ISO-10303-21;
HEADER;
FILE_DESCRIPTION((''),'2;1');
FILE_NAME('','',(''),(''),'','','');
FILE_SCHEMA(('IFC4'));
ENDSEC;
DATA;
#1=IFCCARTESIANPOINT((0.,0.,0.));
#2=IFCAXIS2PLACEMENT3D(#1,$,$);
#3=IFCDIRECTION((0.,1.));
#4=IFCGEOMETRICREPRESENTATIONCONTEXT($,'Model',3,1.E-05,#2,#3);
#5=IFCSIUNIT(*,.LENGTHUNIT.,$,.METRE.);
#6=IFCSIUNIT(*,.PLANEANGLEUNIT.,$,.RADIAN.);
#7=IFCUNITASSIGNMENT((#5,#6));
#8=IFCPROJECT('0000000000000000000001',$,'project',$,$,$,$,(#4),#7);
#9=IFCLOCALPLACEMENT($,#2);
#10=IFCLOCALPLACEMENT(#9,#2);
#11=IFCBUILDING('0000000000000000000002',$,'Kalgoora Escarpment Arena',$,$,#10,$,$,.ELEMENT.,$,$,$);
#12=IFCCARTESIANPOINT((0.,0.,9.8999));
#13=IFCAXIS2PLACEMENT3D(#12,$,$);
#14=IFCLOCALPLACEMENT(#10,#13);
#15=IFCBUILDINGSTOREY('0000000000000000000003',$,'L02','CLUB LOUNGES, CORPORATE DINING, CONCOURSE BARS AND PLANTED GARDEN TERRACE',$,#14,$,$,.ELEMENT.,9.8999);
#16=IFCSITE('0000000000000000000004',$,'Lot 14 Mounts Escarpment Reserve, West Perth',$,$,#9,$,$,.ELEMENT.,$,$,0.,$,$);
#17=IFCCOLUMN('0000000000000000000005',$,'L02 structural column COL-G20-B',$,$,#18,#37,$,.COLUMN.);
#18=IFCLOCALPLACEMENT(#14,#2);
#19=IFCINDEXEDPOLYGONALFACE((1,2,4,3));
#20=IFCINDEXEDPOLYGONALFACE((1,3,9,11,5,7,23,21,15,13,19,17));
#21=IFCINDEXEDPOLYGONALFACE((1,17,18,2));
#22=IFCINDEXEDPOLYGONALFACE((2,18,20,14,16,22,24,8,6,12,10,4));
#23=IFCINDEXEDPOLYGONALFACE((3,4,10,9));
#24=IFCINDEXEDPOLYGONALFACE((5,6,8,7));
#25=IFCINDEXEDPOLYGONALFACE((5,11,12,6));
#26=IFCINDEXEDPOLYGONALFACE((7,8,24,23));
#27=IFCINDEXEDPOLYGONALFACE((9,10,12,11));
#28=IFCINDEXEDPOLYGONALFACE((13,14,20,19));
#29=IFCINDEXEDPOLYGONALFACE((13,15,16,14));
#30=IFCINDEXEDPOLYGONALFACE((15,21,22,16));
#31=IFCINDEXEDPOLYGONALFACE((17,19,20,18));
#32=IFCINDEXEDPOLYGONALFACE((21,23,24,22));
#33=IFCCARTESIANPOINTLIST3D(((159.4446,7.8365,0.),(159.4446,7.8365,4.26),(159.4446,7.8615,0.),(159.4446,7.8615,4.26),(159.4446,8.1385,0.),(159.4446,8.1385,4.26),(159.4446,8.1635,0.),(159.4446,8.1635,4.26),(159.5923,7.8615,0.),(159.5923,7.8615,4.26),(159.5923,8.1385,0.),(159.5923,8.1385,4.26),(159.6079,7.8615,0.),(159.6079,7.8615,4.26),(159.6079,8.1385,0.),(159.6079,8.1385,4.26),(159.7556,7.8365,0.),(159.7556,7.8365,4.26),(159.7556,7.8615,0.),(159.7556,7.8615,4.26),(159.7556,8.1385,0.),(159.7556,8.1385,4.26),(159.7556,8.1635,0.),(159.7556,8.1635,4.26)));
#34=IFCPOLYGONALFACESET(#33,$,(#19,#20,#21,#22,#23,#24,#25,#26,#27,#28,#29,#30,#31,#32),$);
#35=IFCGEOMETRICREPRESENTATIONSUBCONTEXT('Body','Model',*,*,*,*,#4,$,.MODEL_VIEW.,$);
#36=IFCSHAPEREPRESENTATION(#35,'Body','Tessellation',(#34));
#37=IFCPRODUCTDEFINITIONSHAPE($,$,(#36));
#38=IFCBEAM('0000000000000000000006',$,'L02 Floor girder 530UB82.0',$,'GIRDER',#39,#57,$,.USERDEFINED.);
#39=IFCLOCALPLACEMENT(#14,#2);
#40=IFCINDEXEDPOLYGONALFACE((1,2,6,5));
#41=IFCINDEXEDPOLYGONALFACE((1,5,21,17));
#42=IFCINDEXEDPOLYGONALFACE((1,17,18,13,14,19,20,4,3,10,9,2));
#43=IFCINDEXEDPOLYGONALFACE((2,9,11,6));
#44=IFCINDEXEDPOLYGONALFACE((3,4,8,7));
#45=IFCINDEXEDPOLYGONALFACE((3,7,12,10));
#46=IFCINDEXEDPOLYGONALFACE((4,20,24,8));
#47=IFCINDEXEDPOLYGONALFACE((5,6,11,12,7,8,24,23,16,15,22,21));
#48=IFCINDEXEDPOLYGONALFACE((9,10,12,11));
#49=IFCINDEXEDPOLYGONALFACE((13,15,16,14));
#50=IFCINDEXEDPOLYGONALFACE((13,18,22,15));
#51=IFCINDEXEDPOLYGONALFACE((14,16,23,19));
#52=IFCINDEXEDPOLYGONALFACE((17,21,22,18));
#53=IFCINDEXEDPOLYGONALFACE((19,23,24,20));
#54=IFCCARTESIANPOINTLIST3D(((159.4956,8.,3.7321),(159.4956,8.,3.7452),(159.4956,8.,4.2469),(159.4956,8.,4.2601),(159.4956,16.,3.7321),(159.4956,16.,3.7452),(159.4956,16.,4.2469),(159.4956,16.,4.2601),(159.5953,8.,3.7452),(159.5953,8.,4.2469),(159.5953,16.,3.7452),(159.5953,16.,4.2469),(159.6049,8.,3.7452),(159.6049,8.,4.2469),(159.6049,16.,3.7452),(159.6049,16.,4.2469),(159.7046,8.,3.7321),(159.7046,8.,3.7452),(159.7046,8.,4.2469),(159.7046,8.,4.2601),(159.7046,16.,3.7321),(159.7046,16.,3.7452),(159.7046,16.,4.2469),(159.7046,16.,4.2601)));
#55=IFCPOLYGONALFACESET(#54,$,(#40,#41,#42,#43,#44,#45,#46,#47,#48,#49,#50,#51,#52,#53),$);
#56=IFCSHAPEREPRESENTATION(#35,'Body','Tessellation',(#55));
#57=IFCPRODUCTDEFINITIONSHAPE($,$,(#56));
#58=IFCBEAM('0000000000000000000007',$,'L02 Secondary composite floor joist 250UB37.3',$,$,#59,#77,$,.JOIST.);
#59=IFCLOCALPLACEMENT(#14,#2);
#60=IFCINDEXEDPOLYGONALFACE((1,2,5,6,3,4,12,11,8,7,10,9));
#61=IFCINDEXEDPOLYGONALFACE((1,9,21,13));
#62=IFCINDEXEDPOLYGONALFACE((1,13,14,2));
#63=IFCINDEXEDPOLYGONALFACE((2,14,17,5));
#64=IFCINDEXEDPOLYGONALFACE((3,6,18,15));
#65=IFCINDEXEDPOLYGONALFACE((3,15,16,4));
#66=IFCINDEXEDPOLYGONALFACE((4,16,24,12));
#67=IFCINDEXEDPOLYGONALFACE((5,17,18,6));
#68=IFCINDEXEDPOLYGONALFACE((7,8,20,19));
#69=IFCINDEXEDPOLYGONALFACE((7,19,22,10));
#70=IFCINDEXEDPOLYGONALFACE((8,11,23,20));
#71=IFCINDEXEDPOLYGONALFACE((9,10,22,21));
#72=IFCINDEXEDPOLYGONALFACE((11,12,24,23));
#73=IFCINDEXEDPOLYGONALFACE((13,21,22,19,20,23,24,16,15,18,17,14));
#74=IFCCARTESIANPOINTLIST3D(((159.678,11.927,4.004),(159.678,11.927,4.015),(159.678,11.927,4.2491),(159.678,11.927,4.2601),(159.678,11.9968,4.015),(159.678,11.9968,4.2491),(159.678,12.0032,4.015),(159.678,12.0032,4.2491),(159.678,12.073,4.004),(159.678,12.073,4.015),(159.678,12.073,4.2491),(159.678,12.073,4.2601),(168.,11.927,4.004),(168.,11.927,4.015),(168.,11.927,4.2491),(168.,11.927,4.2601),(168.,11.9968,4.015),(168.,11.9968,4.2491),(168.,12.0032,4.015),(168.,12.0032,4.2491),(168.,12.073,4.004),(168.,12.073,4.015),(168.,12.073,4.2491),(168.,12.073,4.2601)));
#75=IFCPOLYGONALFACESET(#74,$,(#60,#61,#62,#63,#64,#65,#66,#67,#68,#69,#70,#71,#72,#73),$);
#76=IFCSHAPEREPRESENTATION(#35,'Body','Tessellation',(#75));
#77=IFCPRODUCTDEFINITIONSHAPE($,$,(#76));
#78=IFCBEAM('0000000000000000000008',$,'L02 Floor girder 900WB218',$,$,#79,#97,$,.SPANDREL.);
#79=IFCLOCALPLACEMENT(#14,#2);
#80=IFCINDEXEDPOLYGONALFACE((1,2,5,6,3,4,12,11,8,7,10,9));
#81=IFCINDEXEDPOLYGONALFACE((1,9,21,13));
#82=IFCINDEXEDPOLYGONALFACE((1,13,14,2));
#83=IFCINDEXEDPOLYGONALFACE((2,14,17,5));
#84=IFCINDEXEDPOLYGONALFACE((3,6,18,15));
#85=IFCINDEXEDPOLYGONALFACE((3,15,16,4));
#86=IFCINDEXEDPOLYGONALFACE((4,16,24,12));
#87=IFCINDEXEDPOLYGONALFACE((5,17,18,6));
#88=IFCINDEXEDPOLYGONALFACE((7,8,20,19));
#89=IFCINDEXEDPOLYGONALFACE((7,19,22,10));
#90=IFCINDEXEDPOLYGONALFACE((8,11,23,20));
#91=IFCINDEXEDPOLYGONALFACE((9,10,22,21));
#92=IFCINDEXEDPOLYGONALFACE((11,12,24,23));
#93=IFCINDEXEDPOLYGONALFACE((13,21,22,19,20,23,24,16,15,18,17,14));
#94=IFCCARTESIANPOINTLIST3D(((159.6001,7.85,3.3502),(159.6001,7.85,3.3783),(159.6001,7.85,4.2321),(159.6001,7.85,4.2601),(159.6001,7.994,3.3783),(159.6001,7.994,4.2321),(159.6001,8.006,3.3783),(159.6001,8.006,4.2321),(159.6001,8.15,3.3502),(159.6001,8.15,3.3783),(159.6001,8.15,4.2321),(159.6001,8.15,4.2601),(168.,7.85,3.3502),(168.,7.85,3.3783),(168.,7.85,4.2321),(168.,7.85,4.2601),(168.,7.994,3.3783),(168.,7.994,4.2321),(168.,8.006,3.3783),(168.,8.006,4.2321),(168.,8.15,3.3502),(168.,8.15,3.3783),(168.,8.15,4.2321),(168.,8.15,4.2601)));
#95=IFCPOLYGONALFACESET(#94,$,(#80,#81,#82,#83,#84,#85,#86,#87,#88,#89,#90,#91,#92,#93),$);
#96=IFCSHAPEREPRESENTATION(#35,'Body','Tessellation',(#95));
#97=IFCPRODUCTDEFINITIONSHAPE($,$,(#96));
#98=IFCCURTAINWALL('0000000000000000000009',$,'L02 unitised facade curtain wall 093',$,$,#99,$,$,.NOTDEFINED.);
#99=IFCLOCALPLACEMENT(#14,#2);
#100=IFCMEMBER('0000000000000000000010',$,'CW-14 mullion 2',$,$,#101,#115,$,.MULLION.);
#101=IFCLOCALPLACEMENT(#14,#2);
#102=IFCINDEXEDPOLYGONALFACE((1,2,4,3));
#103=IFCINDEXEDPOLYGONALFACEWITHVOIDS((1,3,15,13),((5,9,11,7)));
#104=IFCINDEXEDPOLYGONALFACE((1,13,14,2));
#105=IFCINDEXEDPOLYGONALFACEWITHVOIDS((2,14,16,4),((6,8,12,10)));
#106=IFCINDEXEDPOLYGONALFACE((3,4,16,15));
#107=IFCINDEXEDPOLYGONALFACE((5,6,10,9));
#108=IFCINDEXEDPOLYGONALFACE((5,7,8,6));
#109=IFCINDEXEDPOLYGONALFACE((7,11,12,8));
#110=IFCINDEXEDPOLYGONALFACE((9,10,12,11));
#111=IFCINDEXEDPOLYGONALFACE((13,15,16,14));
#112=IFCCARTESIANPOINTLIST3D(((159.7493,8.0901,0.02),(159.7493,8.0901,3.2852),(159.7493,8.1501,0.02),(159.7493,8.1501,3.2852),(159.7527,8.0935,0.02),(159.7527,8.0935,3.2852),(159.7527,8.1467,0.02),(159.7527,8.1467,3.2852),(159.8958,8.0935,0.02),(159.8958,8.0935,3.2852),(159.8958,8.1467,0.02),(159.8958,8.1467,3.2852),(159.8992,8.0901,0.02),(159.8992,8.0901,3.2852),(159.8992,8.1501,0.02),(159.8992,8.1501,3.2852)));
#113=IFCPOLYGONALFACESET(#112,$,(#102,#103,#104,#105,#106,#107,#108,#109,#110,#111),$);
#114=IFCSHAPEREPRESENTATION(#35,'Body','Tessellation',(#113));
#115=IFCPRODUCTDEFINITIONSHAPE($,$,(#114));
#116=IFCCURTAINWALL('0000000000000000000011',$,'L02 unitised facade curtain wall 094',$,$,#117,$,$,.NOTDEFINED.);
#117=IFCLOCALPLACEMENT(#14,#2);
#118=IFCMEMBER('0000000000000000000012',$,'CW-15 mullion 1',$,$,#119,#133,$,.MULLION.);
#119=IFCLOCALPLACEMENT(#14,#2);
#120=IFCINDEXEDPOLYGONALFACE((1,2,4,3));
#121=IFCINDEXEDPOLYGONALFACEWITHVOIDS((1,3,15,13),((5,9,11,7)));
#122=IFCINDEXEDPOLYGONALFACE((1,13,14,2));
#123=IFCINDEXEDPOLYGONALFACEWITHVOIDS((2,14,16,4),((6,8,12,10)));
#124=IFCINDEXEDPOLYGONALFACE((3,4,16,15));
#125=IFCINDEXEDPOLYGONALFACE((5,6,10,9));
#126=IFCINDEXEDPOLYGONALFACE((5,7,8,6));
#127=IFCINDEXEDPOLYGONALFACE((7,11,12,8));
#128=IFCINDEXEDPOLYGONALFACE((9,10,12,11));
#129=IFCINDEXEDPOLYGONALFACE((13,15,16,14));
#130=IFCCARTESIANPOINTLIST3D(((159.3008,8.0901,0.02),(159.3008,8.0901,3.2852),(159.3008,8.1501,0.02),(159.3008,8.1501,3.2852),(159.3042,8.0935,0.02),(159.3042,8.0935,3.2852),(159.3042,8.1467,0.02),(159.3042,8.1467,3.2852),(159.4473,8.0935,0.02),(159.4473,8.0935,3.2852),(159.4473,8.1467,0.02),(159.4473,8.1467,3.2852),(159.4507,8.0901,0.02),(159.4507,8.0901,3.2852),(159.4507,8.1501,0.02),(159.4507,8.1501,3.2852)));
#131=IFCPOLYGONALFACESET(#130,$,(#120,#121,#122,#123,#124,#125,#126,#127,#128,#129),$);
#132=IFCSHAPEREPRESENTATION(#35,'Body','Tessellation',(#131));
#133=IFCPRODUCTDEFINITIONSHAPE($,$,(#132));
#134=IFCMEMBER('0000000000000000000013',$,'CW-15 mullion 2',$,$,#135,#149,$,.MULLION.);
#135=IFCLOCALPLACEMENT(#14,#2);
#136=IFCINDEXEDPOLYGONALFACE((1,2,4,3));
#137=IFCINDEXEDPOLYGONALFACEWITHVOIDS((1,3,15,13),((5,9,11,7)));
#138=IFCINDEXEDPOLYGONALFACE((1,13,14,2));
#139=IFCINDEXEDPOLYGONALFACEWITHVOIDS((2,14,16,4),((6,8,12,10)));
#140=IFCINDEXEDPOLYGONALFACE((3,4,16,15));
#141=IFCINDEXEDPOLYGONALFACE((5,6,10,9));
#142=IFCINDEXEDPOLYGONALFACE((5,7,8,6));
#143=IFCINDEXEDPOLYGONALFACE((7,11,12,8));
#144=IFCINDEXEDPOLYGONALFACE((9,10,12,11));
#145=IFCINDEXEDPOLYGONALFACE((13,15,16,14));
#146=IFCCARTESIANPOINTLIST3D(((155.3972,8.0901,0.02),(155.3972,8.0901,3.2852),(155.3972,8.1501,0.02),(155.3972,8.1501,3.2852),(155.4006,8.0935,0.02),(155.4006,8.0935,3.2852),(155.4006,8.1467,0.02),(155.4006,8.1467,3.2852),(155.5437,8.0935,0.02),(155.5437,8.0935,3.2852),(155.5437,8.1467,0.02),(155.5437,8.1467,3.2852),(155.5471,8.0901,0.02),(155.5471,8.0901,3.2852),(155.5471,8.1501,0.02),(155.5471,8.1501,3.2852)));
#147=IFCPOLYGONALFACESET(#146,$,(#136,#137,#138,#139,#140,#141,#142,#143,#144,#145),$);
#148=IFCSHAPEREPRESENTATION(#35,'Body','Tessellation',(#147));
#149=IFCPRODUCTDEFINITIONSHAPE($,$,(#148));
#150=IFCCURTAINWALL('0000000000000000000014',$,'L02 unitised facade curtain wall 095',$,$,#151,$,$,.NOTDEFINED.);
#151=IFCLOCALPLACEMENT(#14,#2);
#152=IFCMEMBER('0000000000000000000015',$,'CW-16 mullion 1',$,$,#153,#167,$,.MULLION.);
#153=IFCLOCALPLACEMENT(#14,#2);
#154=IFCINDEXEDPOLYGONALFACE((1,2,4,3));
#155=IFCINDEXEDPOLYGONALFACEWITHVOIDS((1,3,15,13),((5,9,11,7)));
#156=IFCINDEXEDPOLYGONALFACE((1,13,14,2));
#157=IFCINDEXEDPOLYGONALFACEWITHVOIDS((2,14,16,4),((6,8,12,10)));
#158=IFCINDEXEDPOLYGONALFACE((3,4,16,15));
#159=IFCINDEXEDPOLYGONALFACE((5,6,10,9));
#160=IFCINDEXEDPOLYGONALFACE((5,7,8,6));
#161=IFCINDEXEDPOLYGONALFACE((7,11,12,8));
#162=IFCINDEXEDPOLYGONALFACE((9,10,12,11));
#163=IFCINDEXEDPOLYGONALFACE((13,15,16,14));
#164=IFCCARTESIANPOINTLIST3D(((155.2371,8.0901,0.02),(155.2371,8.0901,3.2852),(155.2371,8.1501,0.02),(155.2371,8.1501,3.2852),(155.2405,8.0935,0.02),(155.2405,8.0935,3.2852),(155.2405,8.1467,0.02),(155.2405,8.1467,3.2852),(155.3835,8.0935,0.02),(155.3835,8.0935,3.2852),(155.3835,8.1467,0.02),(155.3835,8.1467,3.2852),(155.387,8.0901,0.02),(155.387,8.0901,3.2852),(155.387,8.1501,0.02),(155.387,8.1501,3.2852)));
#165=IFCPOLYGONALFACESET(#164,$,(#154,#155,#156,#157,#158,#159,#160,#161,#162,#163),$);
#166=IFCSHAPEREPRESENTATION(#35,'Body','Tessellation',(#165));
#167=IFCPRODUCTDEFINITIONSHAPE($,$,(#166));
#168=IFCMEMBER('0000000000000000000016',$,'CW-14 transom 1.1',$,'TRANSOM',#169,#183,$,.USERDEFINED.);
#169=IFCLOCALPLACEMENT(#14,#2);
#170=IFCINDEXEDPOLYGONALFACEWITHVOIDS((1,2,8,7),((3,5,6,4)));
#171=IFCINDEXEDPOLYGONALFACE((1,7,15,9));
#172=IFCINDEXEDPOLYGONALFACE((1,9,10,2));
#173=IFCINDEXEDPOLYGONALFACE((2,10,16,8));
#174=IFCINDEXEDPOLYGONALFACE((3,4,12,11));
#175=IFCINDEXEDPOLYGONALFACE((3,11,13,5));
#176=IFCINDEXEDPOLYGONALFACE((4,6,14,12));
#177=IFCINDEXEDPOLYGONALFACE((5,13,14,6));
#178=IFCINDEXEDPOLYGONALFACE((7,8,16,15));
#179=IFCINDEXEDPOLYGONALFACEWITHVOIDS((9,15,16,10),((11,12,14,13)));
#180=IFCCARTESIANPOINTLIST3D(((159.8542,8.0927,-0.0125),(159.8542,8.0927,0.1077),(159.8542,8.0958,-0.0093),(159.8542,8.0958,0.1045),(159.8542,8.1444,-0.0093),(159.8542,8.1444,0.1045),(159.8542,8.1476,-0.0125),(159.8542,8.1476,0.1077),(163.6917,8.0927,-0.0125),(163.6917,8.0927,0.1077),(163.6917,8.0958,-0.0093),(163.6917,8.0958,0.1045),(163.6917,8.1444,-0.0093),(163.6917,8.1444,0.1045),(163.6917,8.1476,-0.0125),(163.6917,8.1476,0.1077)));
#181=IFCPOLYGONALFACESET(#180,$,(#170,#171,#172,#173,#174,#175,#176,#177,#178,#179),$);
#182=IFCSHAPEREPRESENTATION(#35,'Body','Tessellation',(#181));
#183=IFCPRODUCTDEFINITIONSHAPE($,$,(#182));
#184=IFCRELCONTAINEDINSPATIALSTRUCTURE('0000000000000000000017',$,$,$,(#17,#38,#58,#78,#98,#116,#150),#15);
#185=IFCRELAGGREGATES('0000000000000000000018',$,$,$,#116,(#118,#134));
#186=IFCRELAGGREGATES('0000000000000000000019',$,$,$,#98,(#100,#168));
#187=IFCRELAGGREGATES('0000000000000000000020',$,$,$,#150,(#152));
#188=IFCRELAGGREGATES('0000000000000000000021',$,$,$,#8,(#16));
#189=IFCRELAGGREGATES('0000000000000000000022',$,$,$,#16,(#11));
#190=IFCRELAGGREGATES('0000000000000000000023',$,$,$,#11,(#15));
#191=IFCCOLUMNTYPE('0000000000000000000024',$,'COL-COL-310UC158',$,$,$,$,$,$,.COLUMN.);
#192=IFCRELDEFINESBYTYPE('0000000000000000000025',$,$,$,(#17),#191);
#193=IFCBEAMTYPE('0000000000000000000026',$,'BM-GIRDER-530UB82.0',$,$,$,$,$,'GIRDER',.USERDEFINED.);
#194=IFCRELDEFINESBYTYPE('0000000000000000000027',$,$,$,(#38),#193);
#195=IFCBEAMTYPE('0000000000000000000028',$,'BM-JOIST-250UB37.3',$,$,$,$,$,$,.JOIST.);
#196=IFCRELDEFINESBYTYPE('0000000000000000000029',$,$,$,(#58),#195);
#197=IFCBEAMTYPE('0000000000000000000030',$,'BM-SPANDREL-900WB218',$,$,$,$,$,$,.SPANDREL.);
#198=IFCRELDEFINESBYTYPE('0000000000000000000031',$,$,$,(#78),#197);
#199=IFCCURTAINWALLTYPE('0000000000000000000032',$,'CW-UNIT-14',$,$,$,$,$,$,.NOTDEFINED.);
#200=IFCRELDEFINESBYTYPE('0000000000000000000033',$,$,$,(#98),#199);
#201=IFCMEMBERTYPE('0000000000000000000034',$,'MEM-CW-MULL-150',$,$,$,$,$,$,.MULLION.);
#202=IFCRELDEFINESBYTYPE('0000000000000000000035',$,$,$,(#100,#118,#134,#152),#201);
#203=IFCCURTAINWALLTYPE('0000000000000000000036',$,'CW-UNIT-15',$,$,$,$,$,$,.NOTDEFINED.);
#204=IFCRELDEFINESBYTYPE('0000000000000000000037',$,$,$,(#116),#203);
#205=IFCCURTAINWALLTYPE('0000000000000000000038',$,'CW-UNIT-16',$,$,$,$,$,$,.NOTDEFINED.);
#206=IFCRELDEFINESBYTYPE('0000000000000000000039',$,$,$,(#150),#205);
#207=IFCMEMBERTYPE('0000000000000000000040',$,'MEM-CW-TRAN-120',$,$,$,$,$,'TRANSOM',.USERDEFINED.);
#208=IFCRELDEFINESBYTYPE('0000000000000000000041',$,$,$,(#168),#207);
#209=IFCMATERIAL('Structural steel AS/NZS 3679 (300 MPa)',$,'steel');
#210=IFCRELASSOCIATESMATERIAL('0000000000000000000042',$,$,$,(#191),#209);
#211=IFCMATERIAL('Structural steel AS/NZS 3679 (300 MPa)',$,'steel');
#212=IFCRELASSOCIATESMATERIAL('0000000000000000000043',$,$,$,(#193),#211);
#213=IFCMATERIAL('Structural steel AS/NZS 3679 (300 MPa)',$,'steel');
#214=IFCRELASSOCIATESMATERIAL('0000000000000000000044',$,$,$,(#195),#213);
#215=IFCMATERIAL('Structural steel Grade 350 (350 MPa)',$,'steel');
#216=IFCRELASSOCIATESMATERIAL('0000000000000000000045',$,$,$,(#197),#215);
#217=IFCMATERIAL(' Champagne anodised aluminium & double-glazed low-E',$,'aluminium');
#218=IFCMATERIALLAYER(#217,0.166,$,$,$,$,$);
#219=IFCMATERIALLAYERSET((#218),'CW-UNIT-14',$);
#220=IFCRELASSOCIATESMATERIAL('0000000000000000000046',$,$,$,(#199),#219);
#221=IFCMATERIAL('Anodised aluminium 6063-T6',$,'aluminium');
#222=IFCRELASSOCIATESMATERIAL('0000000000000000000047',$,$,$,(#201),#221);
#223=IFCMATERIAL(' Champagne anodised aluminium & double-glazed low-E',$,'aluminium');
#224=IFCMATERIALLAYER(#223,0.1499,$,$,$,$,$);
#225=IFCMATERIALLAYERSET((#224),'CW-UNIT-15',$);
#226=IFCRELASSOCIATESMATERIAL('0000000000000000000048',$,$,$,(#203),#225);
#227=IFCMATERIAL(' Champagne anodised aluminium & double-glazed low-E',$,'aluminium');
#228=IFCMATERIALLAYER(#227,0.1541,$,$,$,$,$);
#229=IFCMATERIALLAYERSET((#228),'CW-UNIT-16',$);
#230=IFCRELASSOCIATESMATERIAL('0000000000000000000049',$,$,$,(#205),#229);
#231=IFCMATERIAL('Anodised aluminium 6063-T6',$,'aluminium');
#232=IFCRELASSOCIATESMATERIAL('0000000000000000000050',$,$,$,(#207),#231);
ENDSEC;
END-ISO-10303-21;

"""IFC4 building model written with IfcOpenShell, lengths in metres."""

from ifc_helpers import new_model, si_unit, direction, frame, origin, origin_2d, place, context, subcontext, project, spatial, hollow_rectangle, i_section, extrude, material, layer, layer_set, material_profile, profile_set, type_object, element, aggregate, save


model = new_model("IFC4")

# Units and contexts
model_context = context("Model", 3, precision=1e-05, world=origin(), true_north=direction((0.0, 1.0)))
body_context = subcontext(model_context, "Body", "Model", "MODEL_VIEW")
ifc_project = project(units=[si_unit("LENGTHUNIT", "METRE"), si_unit("PLANEANGLEUNIT", "RADIAN")], contexts=[model_context])

# Site, building, storey
site_placement = place(None, origin())
site = spatial("IfcSite", under=ifc_project, at=site_placement, Name="Lot 14 Mounts Escarpment Reserve, West Perth", CompositionType="ELEMENT", RefElevation=0.0)
building_placement = place(site_placement, origin())
building = spatial("IfcBuilding", under=site, at=building_placement, Name="Kalgoora Escarpment Arena", CompositionType="ELEMENT")
storey_placement = place(building_placement, frame((0.0, 0.0, 9.8999)))
storey = spatial("IfcBuildingStorey", under=building, at=storey_placement, Name="L02", Description="CLUB LOUNGES, CORPORATE DINING, CONCOURSE BARS AND PLANTED GARDEN TERRACE", CompositionType="ELEMENT", Elevation=9.8999)

# Column
ifc_material_1 = material(Name="Structural steel AS/NZS 3679 (300 MPa)", Category="steel")
ifc_material_profile_1 = material_profile(ifc_material_1, i_section(OverallWidth=0.311, OverallDepth=0.3269, WebThickness=0.0156, FlangeThickness=0.0249, at=origin_2d()))
ifc_profile_set_1 = profile_set([ifc_material_profile_1], Name="Structural steel AS/NZS 3679 (300 MPa)")
column_type = type_object("IfcColumnType", Name="COL-COL-310UC158", PredefinedType="COLUMN", material=ifc_profile_set_1)
column_placement = place(storey_placement, frame((159.6001, 8.0, 0.0), z_axis=(0.0, 0.0, 1.0), x_axis=(1.0, 0.0, 0.0)))
element("IfcColumn", 1, at=column_placement, inside=storey, type_object=column_type, Name="L02 structural column COL-G20-B", PredefinedType="COLUMN", context=body_context, shape_type="SweptSolid", body=[
    extrude(i_section(OverallWidth=0.311, OverallDepth=0.3269, WebThickness=0.0156, FlangeThickness=0.0249, at=origin_2d()), origin(), (0.0, 0.0, 1.0), 4.26),
])

# Beams
ifc_material_2 = material(Name="Structural steel AS/NZS 3679 (300 MPa)", Category="steel")
ifc_material_profile_2 = material_profile(ifc_material_2, i_section(OverallWidth=0.209, OverallDepth=0.5281, WebThickness=0.0095, FlangeThickness=0.0132, at=origin_2d()))
ifc_profile_set_2 = profile_set([ifc_material_profile_2], Name="Structural steel AS/NZS 3679 (300 MPa)")
beam_type_1 = type_object("IfcBeamType", Name="BM-GIRDER-530UB82.0", ElementType="GIRDER", PredefinedType="USERDEFINED", material=ifc_profile_set_2)
beam_1_placement = place(storey_placement, frame((159.6001, 8.0, 3.9961), z_axis=(0.0, 1.0, 0.0), x_axis=(-1.0, 0.0, 0.0)))
element("IfcBeam", 2, at=beam_1_placement, inside=storey, type_object=beam_type_1, Name="L02 Floor girder 530UB82.0", ObjectType="GIRDER", PredefinedType="USERDEFINED", context=body_context, shape_type="SweptSolid", body=[
    extrude(i_section(OverallWidth=0.209, OverallDepth=0.5281, WebThickness=0.0095, FlangeThickness=0.0132, at=origin_2d()), origin(), (0.0, 0.0, 1.0), 8.0),
])
ifc_material_3 = material(Name="Structural steel AS/NZS 3679 (300 MPa)", Category="steel")
ifc_material_profile_3 = material_profile(ifc_material_3, i_section(OverallWidth=0.146, OverallDepth=0.2561, WebThickness=0.0063, FlangeThickness=0.011, at=origin_2d()))
ifc_profile_set_3 = profile_set([ifc_material_profile_3], Name="Structural steel AS/NZS 3679 (300 MPa)")
beam_type_2 = type_object("IfcBeamType", Name="BM-JOIST-250UB37.3", PredefinedType="JOIST", material=ifc_profile_set_3)
beam_2_placement = place(storey_placement, frame((159.678, 12.0, 4.1321), z_axis=(1.0, 0.0, 0.0), x_axis=(0.0, 1.0, 0.0)))
element("IfcBeam", 3, at=beam_2_placement, inside=storey, type_object=beam_type_2, Name="L02 Secondary composite floor joist 250UB37.3", PredefinedType="JOIST", context=body_context, shape_type="SweptSolid", body=[
    extrude(i_section(OverallWidth=0.146, OverallDepth=0.2561, WebThickness=0.0063, FlangeThickness=0.011, at=origin_2d()), origin(), (0.0, 0.0, 1.0), 8.322),
])
ifc_material_4 = material(Name="Structural steel Grade 350 (350 MPa)", Category="steel")
ifc_material_profile_4 = material_profile(ifc_material_4, i_section(OverallWidth=0.3, OverallDepth=0.9099, WebThickness=0.012, FlangeThickness=0.0281, at=origin_2d()))
ifc_profile_set_4 = profile_set([ifc_material_profile_4], Name="Structural steel Grade 350 (350 MPa)")
beam_type_3 = type_object("IfcBeamType", Name="BM-SPANDREL-900WB218", PredefinedType="SPANDREL", material=ifc_profile_set_4)
beam_3_placement = place(storey_placement, frame((159.6001, 8.0, 3.8052), z_axis=(1.0, 0.0, 0.0), x_axis=(0.0, 1.0, 0.0)))
element("IfcBeam", 4, at=beam_3_placement, inside=storey, type_object=beam_type_3, Name="L02 Floor girder 900WB218", PredefinedType="SPANDREL", context=body_context, shape_type="SweptSolid", body=[
    extrude(i_section(OverallWidth=0.3, OverallDepth=0.9099, WebThickness=0.012, FlangeThickness=0.0281, at=origin_2d()), origin(), (0.0, 0.0, 1.0), 8.3999),
])

# Curtain wall, member
ifc_material_5 = material(Name=" Champagne anodised aluminium & double-glazed low-E", Category="aluminium")
ifc_layer_1 = layer(ifc_material_5, 0.166)
ifc_layer_set_1 = layer_set([ifc_layer_1], Name="CW-UNIT-14")
curtain_wall_type_1 = type_object("IfcCurtainWallType", Name="CW-UNIT-14", PredefinedType="NOTDEFINED", material=ifc_layer_set_1)
curtain_wall_1_placement = place(storey_placement, origin())
curtain_wall_1 = element("IfcCurtainWall", 5, at=curtain_wall_1_placement, inside=storey, type_object=curtain_wall_type_1, Name="L02 unitised facade curtain wall 093", PredefinedType="NOTDEFINED")
ifc_material_6 = material(Name="Anodised aluminium 6063-T6", Category="aluminium")
ifc_material_profile_5 = material_profile(ifc_material_6, hollow_rectangle(XDim=0.0601, YDim=0.1499, WallThickness=0.0034, at=origin_2d()))
ifc_profile_set_5 = profile_set([ifc_material_profile_5], Name="Anodised aluminium 6063-T6")
member_type_1 = type_object("IfcMemberType", Name="MEM-CW-MULL-150", PredefinedType="MULLION", material=ifc_profile_set_5)
member_1_placement = place(storey_placement, frame((159.8242, 8.1201, 0.02), z_axis=(0.0, 0.0, 1.0), x_axis=(0.0, -1.0, 0.0)))
member_1 = element("IfcMember", 6, at=member_1_placement, type_object=member_type_1, Name="CW-14 mullion 2", PredefinedType="MULLION", context=body_context, shape_type="SweptSolid", body=[
    extrude(hollow_rectangle(XDim=0.0601, YDim=0.1499, WallThickness=0.0034, at=origin_2d()), origin(), (0.0, 0.0, 1.0), 3.2651),
])

# Curtain wall, members
ifc_material_7 = material(Name=" Champagne anodised aluminium & double-glazed low-E", Category="aluminium")
ifc_layer_2 = layer(ifc_material_7, 0.1499)
ifc_layer_set_2 = layer_set([ifc_layer_2], Name="CW-UNIT-15")
curtain_wall_type_2 = type_object("IfcCurtainWallType", Name="CW-UNIT-15", PredefinedType="NOTDEFINED", material=ifc_layer_set_2)
curtain_wall_2_placement = place(storey_placement, origin())
curtain_wall_2 = element("IfcCurtainWall", 7, at=curtain_wall_2_placement, inside=storey, type_object=curtain_wall_type_2, Name="L02 unitised facade curtain wall 094", PredefinedType="NOTDEFINED")
member_2_placement = place(storey_placement, frame((159.3757, 8.1201, 0.02), z_axis=(0.0, 0.0, 1.0), x_axis=(0.0, -1.0, 0.0)))
member_2 = element("IfcMember", 8, at=member_2_placement, type_object=member_type_1, Name="CW-15 mullion 1", PredefinedType="MULLION", context=body_context, shape_type="SweptSolid", body=[
    extrude(hollow_rectangle(XDim=0.0601, YDim=0.1499, WallThickness=0.0034, at=origin_2d()), origin(), (0.0, 0.0, 1.0), 3.2651),
])
member_3_placement = place(storey_placement, frame((155.4722, 8.1201, 0.02), z_axis=(0.0, 0.0, 1.0), x_axis=(0.0, -1.0, 0.0)))
member_3 = element("IfcMember", 9, at=member_3_placement, type_object=member_type_1, Name="CW-15 mullion 2", PredefinedType="MULLION", context=body_context, shape_type="SweptSolid", body=[
    extrude(hollow_rectangle(XDim=0.0601, YDim=0.1499, WallThickness=0.0034, at=origin_2d()), origin(), (0.0, 0.0, 1.0), 3.2651),
])

# Curtain wall, member
ifc_material_8 = material(Name=" Champagne anodised aluminium & double-glazed low-E", Category="aluminium")
ifc_layer_3 = layer(ifc_material_8, 0.1541)
ifc_layer_set_3 = layer_set([ifc_layer_3], Name="CW-UNIT-16")
curtain_wall_type_3 = type_object("IfcCurtainWallType", Name="CW-UNIT-16", PredefinedType="NOTDEFINED", material=ifc_layer_set_3)
curtain_wall_3_placement = place(storey_placement, origin())
curtain_wall_3 = element("IfcCurtainWall", 10, at=curtain_wall_3_placement, inside=storey, type_object=curtain_wall_type_3, Name="L02 unitised facade curtain wall 095", PredefinedType="NOTDEFINED")
member_4_placement = place(storey_placement, frame((155.312, 8.1201, 0.02), z_axis=(0.0, 0.0, 1.0), x_axis=(0.0, -1.0, 0.0)))
member_4 = element("IfcMember", 11, at=member_4_placement, type_object=member_type_1, Name="CW-16 mullion 1", PredefinedType="MULLION", context=body_context, shape_type="SweptSolid", body=[
    extrude(hollow_rectangle(XDim=0.0601, YDim=0.1499, WallThickness=0.0034, at=origin_2d()), origin(), (0.0, 0.0, 1.0), 3.2651),
])

# Member
ifc_material_9 = material(Name="Anodised aluminium 6063-T6", Category="aluminium")
ifc_material_profile_6 = material_profile(ifc_material_9, hollow_rectangle(XDim=0.0549, YDim=0.1201, WallThickness=0.0032, at=origin_2d()))
ifc_profile_set_6 = profile_set([ifc_material_profile_6], Name="Anodised aluminium 6063-T6")
member_type_2 = type_object("IfcMemberType", Name="MEM-CW-TRAN-120", ElementType="TRANSOM", PredefinedType="USERDEFINED", material=ifc_profile_set_6)
member_5_placement = place(storey_placement, frame((163.6917, 8.1201, 0.0476), z_axis=(-1.0, 0.0, 0.0), x_axis=(0.0, -1.0, 0.0)))
member_5 = element("IfcMember", 12, at=member_5_placement, type_object=member_type_2, Name="CW-14 transom 1.1", ObjectType="TRANSOM", PredefinedType="USERDEFINED", context=body_context, shape_type="SweptSolid", body=[
    extrude(hollow_rectangle(XDim=0.0549, YDim=0.1201, WallThickness=0.0032, at=origin_2d()), origin(), (0.0, 0.0, 1.0), 3.8374),
])

aggregate(curtain_wall_2, [member_2, member_3])
aggregate(curtain_wall_1, [member_1, member_5])
aggregate(curtain_wall_3, [member_4])

save(model, "model.ifc")
